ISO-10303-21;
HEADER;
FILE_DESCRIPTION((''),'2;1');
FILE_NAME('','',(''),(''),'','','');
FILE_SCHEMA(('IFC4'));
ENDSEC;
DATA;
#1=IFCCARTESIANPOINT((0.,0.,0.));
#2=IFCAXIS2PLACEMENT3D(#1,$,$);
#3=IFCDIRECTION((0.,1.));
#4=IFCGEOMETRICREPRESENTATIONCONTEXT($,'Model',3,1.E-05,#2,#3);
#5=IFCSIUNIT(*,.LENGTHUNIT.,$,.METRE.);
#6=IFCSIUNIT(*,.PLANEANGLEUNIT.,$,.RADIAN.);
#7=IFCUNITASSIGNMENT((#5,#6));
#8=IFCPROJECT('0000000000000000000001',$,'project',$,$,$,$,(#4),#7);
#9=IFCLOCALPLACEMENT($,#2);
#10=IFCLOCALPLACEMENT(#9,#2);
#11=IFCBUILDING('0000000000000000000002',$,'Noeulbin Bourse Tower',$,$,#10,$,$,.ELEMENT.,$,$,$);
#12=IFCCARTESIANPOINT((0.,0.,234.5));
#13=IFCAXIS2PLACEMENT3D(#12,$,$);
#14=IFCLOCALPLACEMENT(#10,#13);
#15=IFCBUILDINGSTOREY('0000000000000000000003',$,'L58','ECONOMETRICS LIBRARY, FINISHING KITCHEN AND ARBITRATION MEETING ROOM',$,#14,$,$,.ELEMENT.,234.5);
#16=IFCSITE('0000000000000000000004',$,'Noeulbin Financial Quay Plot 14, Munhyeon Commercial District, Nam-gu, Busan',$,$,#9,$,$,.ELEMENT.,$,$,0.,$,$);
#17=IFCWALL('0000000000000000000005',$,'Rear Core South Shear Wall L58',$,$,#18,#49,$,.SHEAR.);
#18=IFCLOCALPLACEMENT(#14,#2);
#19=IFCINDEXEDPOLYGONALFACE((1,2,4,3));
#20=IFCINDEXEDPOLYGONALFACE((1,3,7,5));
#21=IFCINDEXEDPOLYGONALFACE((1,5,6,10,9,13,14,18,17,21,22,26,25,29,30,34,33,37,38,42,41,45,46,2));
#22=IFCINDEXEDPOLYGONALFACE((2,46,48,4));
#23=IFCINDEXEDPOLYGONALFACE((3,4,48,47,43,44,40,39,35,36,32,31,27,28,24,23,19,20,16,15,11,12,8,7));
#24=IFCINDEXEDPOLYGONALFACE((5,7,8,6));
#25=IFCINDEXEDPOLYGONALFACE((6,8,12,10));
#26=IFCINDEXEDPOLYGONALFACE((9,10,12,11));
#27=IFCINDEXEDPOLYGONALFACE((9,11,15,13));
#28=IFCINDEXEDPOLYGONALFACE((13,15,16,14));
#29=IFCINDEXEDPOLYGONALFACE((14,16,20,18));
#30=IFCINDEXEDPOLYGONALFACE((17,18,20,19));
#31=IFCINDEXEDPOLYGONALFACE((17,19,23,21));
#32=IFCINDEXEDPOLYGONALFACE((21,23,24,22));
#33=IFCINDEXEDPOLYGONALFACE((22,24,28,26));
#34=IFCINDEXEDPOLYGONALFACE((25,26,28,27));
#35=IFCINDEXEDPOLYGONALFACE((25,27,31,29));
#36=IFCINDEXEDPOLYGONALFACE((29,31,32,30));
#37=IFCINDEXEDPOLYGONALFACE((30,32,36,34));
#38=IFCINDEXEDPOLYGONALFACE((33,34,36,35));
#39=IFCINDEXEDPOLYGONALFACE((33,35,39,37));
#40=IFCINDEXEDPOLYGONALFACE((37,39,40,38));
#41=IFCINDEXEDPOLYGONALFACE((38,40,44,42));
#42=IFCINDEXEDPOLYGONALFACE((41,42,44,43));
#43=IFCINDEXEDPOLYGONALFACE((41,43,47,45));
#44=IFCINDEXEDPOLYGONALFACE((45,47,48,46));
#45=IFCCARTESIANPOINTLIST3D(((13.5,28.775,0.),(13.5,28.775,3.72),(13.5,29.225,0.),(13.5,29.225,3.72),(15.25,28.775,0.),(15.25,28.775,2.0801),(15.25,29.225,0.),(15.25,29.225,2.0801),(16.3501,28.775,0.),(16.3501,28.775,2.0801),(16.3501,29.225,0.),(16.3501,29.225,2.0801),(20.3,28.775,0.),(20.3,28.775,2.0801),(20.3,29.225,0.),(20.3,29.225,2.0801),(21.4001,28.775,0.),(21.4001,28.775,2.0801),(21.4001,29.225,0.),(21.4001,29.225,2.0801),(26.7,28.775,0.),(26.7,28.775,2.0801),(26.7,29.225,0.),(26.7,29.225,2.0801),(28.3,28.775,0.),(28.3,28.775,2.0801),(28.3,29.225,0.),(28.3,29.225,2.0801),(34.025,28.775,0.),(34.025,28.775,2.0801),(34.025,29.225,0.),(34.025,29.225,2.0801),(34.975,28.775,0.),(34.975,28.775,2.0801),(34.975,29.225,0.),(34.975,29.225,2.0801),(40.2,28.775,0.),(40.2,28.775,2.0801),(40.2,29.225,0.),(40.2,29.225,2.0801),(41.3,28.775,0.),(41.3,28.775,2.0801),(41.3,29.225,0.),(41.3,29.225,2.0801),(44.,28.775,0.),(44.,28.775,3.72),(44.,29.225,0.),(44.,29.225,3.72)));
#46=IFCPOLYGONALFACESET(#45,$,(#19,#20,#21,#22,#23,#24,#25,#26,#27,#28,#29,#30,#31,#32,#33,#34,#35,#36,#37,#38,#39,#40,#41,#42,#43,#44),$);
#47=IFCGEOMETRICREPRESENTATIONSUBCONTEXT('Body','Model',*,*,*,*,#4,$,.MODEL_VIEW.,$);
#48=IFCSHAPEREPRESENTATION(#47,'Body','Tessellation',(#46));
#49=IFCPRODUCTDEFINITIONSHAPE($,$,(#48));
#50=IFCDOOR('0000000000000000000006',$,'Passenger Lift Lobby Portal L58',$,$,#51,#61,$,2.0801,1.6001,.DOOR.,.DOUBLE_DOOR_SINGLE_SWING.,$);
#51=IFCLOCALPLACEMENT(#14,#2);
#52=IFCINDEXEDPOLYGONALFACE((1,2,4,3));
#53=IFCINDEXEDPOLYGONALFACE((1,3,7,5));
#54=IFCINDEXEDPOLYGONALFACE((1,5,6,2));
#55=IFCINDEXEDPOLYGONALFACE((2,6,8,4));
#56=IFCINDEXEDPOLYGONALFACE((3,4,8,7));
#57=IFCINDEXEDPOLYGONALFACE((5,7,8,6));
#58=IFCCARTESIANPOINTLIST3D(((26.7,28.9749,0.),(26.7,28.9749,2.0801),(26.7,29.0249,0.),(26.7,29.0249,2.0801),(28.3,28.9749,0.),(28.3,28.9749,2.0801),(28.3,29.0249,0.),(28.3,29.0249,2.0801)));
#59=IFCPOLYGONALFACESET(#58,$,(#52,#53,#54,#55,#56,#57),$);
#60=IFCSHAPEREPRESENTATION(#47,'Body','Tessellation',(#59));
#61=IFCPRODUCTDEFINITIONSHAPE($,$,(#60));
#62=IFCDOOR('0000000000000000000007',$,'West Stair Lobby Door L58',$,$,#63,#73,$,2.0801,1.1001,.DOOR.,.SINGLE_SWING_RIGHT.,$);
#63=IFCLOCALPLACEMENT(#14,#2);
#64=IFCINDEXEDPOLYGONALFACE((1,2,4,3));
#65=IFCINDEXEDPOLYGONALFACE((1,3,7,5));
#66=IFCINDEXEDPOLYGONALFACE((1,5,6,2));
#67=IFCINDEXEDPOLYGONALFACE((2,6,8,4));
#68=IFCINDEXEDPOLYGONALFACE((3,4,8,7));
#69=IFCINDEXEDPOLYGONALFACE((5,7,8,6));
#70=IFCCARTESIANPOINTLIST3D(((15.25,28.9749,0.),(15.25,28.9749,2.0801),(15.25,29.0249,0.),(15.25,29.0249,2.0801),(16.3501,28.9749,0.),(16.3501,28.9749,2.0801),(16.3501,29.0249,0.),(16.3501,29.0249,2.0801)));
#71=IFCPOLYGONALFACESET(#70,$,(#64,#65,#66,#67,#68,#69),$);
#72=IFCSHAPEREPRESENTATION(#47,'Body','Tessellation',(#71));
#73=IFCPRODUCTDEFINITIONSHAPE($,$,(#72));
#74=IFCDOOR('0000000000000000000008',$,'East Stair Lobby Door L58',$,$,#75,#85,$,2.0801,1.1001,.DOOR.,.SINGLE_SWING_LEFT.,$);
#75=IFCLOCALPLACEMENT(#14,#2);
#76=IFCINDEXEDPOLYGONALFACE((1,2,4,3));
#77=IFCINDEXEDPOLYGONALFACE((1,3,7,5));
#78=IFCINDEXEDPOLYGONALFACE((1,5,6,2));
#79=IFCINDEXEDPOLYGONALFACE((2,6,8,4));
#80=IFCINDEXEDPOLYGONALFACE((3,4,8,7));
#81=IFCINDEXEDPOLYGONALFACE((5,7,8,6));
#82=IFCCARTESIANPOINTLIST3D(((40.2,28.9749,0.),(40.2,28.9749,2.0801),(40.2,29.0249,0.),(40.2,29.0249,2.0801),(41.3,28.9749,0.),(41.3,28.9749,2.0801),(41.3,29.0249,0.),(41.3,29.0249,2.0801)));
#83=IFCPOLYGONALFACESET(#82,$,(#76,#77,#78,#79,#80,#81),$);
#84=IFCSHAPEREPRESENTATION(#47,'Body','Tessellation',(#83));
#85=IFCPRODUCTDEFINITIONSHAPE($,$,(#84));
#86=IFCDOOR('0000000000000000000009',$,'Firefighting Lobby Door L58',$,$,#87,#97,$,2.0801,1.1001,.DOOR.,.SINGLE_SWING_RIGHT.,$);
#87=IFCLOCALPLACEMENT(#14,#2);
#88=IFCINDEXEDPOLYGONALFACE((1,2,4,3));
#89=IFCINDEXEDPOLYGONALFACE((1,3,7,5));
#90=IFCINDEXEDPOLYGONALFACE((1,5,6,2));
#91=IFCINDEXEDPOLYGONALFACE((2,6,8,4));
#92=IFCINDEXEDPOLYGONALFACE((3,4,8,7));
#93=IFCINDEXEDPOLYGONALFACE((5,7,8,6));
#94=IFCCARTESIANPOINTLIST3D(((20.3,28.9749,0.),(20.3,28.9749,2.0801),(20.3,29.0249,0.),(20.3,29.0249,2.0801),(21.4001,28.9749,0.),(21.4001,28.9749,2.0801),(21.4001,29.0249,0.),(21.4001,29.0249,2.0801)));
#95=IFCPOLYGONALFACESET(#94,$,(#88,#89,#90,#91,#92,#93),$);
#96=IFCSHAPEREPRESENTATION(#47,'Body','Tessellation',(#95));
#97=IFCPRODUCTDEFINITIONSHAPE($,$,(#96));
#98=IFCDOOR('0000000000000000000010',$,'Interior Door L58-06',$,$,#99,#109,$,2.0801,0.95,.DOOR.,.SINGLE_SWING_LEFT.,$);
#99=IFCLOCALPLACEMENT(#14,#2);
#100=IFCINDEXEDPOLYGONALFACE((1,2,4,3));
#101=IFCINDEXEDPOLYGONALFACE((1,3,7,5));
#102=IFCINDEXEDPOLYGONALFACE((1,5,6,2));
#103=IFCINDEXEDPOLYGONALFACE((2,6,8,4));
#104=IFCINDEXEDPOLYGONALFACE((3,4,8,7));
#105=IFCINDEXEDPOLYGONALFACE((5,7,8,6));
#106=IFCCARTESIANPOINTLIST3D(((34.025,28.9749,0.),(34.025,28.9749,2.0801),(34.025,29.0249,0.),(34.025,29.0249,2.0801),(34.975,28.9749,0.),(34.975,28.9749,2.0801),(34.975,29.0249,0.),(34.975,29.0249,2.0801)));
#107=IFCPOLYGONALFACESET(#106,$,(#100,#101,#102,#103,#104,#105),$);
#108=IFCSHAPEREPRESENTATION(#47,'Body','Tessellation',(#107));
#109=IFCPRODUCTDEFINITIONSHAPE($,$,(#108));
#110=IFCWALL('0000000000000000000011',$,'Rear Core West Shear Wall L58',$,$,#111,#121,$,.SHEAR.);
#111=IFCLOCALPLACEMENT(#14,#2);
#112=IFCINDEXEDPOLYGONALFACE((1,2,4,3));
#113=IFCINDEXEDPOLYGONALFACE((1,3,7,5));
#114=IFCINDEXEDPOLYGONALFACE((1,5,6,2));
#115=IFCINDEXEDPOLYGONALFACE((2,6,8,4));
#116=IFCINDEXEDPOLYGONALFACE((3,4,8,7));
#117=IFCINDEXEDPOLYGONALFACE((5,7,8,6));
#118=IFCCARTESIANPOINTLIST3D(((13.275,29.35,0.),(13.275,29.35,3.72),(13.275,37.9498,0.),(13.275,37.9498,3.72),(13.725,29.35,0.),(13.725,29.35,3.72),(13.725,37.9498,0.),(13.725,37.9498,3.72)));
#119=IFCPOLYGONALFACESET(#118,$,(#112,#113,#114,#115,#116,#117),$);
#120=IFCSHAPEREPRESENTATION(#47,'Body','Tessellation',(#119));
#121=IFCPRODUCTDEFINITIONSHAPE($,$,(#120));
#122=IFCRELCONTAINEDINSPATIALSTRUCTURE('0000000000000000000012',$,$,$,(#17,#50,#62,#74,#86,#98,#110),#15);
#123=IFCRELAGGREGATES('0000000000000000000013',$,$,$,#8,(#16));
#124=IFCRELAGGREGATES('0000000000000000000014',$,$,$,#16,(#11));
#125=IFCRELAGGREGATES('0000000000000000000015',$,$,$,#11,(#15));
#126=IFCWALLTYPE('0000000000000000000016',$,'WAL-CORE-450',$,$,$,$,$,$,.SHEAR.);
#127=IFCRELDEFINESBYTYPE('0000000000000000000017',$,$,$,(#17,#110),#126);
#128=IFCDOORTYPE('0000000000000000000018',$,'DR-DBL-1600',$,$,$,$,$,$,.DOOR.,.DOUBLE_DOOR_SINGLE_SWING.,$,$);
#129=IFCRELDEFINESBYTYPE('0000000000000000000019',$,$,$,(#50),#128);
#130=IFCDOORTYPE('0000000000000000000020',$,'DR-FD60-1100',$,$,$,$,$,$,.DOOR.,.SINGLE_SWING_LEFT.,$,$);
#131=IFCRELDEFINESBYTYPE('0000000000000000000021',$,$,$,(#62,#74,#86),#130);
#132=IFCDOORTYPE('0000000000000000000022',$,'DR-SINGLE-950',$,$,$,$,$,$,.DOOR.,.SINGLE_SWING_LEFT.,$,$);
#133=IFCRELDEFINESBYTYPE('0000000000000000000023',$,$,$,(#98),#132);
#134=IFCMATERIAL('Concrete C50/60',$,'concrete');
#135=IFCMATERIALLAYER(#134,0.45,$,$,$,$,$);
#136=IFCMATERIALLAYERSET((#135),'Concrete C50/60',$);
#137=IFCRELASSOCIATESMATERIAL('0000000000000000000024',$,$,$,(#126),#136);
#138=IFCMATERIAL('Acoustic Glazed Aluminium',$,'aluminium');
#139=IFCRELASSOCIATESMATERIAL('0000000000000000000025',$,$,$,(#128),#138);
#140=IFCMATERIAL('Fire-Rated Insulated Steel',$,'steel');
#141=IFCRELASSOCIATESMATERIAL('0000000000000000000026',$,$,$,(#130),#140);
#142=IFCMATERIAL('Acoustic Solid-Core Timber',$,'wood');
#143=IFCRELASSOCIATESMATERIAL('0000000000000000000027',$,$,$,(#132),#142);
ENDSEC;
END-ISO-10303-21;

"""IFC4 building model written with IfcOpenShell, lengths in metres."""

from ifc_helpers import new_model, si_unit, direction, frame, frame_2d, origin, place, context, subcontext, project, spatial, rectangle, extrude, material, layer, layer_set, type_object, element, fill, save


model = new_model("IFC4")

# Units and contexts
model_context = context("Model", 3, precision=1e-05, world=origin(), true_north=direction((0.0, 1.0)))
body_context = subcontext(model_context, "Body", "Model", "MODEL_VIEW")
ifc_project = project(units=[si_unit("LENGTHUNIT", "METRE"), si_unit("PLANEANGLEUNIT", "RADIAN")], contexts=[model_context])

# Site, building, storey
site_placement = place(None, origin())
site = spatial("IfcSite", under=ifc_project, at=site_placement, Name="Noeulbin Financial Quay Plot 14, Munhyeon Commercial District, Nam-gu, Busan", CompositionType="ELEMENT", RefElevation=0.0)
building_placement = place(site_placement, origin())
building = spatial("IfcBuilding", under=site, at=building_placement, Name="Noeulbin Bourse Tower", CompositionType="ELEMENT")
storey_placement = place(building_placement, frame((0.0, 0.0, 234.5)))
storey = spatial("IfcBuildingStorey", under=building, at=storey_placement, Name="L58", Description="ECONOMETRICS LIBRARY, FINISHING KITCHEN AND ARBITRATION MEETING ROOM", CompositionType="ELEMENT", Elevation=234.5)

# Wall, openings, doors
ifc_material_1 = material(Name="Concrete C50/60", Category="concrete")
ifc_layer_1 = layer(ifc_material_1, 0.45)
ifc_layer_set_1 = layer_set([ifc_layer_1], Name="Concrete C50/60")
wall_type_1 = type_object("IfcWallType", Name="WAL-CORE-450", PredefinedType="SHEAR", material=ifc_layer_set_1)
wall_1_placement = place(storey_placement, frame((13.5, 29.0, 0.0), z_axis=(0.0, 0.0, 1.0), x_axis=(1.0, 0.0, 0.0)))
wall_1 = element("IfcWall", 1, at=wall_1_placement, inside=storey, type_object=wall_type_1, Name="Rear Core South Shear Wall L58", PredefinedType="SHEAR", context=body_context, shape_type="SweptSolid", body=[
    extrude(rectangle(XDim=30.5, YDim=0.45, at=frame_2d((15.25, 0.0))), origin(), (0.0, 0.0, 1.0), 3.72),
])
opening_1_placement = place(wall_1_placement, frame((1.75, 0.0, 0.0)))
opening_1 = element("IfcOpeningElement", 2, at=opening_1_placement, cuts=wall_1, PredefinedType="OPENING", context=body_context, shape_type="SweptSolid", body=[
    extrude(rectangle(XDim=1.1001, YDim=2.0801, at=frame_2d((0.55, 1.04))), frame((0.0, 0.2349, 0.0), z_axis=(0.0, -1.0, 0.0), x_axis=(1.0, 0.0, 0.0)), (0.0, 0.0, 1.0), 0.47),
])
opening_2_placement = place(wall_1_placement, frame((26.7, 0.0, 0.0)))
opening_2 = element("IfcOpeningElement", 3, at=opening_2_placement, cuts=wall_1, PredefinedType="OPENING", context=body_context, shape_type="SweptSolid", body=[
    extrude(rectangle(XDim=1.1001, YDim=2.0801, at=frame_2d((0.55, 1.04))), frame((0.0, 0.2349, 0.0), z_axis=(0.0, -1.0, 0.0), x_axis=(1.0, 0.0, 0.0)), (0.0, 0.0, 1.0), 0.47),
])
opening_3_placement = place(wall_1_placement, frame((6.8, 0.0, 0.0)))
opening_3 = element("IfcOpeningElement", 4, at=opening_3_placement, cuts=wall_1, PredefinedType="OPENING", context=body_context, shape_type="SweptSolid", body=[
    extrude(rectangle(XDim=1.1001, YDim=2.0801, at=frame_2d((0.55, 1.04))), frame((0.0, 0.2349, 0.0), z_axis=(0.0, -1.0, 0.0), x_axis=(1.0, 0.0, 0.0)), (0.0, 0.0, 1.0), 0.47),
])
opening_4_placement = place(wall_1_placement, frame((13.2, 0.0, 0.0)))
opening_4 = element("IfcOpeningElement", 5, at=opening_4_placement, cuts=wall_1, PredefinedType="OPENING", context=body_context, shape_type="SweptSolid", body=[
    extrude(rectangle(XDim=1.6001, YDim=2.0801, at=frame_2d((0.8, 1.04))), frame((0.0, 0.2349, 0.0), z_axis=(0.0, -1.0, 0.0), x_axis=(1.0, 0.0, 0.0)), (0.0, 0.0, 1.0), 0.47),
])
opening_5_placement = place(wall_1_placement, frame((20.5249, 0.0, 0.0)))
opening_5 = element("IfcOpeningElement", 6, at=opening_5_placement, cuts=wall_1, PredefinedType="OPENING", context=body_context, shape_type="SweptSolid", body=[
    extrude(rectangle(XDim=0.95, YDim=2.0801, at=frame_2d((0.4751, 1.04))), frame((0.0, 0.2349, 0.0), z_axis=(0.0, -1.0, 0.0), x_axis=(1.0, 0.0, 0.0)), (0.0, 0.0, 1.0), 0.47),
])
ifc_material_2 = material(Name="Acoustic Glazed Aluminium", Category="aluminium")
door_type_1 = type_object("IfcDoorType", Name="DR-DBL-1600", OperationType="DOUBLE_DOOR_SINGLE_SWING", PredefinedType="DOOR", material=ifc_material_2)
door_1_placement = place(opening_4_placement, origin())
door_1 = element("IfcDoor", 7, at=door_1_placement, inside=storey, type_object=door_type_1, Name="Passenger Lift Lobby Portal L58", OperationType="DOUBLE_DOOR_SINGLE_SWING", OverallHeight=2.0801, OverallWidth=1.6001, PredefinedType="DOOR", context=body_context, shape_type="SweptSolid", body=[
    extrude(rectangle(XDim=1.6001, YDim=2.0801, at=frame_2d((0.8, 1.04))), frame((0.0, 0.0249, 0.0), z_axis=(0.0, -1.0, 0.0), x_axis=(1.0, 0.0, 0.0)), (0.0, 0.0, 1.0), 0.05),
])
fill(opening_4, door_1)
ifc_material_3 = material(Name="Fire-Rated Insulated Steel", Category="steel")
door_type_2 = type_object("IfcDoorType", Name="DR-FD60-1100", OperationType="SINGLE_SWING_LEFT", PredefinedType="DOOR", material=ifc_material_3)
door_2_placement = place(opening_1_placement, origin())
door_2 = element("IfcDoor", 8, at=door_2_placement, inside=storey, type_object=door_type_2, Name="West Stair Lobby Door L58", OperationType="SINGLE_SWING_RIGHT", OverallHeight=2.0801, OverallWidth=1.1001, PredefinedType="DOOR", context=body_context, shape_type="SweptSolid", body=[
    extrude(rectangle(XDim=1.1001, YDim=2.0801, at=frame_2d((0.55, 1.04))), frame((0.0, 0.0249, 0.0), z_axis=(0.0, -1.0, 0.0), x_axis=(1.0, 0.0, 0.0)), (0.0, 0.0, 1.0), 0.05),
])
fill(opening_1, door_2)
door_3_placement = place(opening_2_placement, origin())
door_3 = element("IfcDoor", 9, at=door_3_placement, inside=storey, type_object=door_type_2, Name="East Stair Lobby Door L58", OperationType="SINGLE_SWING_LEFT", OverallHeight=2.0801, OverallWidth=1.1001, PredefinedType="DOOR", context=body_context, shape_type="SweptSolid", body=[
    extrude(rectangle(XDim=1.1001, YDim=2.0801, at=frame_2d((0.55, 1.04))), frame((0.0, 0.0249, 0.0), z_axis=(0.0, -1.0, 0.0), x_axis=(1.0, 0.0, 0.0)), (0.0, 0.0, 1.0), 0.05),
])
fill(opening_2, door_3)
door_4_placement = place(opening_3_placement, origin())
door_4 = element("IfcDoor", 10, at=door_4_placement, inside=storey, type_object=door_type_2, Name="Firefighting Lobby Door L58", OperationType="SINGLE_SWING_RIGHT", OverallHeight=2.0801, OverallWidth=1.1001, PredefinedType="DOOR", context=body_context, shape_type="SweptSolid", body=[
    extrude(rectangle(XDim=1.1001, YDim=2.0801, at=frame_2d((0.55, 1.04))), frame((0.0, 0.0249, 0.0), z_axis=(0.0, -1.0, 0.0), x_axis=(1.0, 0.0, 0.0)), (0.0, 0.0, 1.0), 0.05),
])
fill(opening_3, door_4)
ifc_material_4 = material(Name="Acoustic Solid-Core Timber", Category="wood")
door_type_3 = type_object("IfcDoorType", Name="DR-SINGLE-950", OperationType="SINGLE_SWING_LEFT", PredefinedType="DOOR", material=ifc_material_4)
door_5_placement = place(opening_5_placement, origin())
door_5 = element("IfcDoor", 11, at=door_5_placement, inside=storey, type_object=door_type_3, Name="Interior Door L58-06", OperationType="SINGLE_SWING_LEFT", OverallHeight=2.0801, OverallWidth=0.95, PredefinedType="DOOR", context=body_context, shape_type="SweptSolid", body=[
    extrude(rectangle(XDim=0.95, YDim=2.0801, at=frame_2d((0.4751, 1.04))), frame((0.0, 0.0249, 0.0), z_axis=(0.0, -1.0, 0.0), x_axis=(1.0, 0.0, 0.0)), (0.0, 0.0, 1.0), 0.05),
])
fill(opening_5, door_5)

# Wall
wall_2_placement = place(storey_placement, frame((13.5, 29.3501, 0.0), z_axis=(0.0, 0.0, 1.0), x_axis=(0.0, 1.0, 0.0)))
element("IfcWall", 12, at=wall_2_placement, inside=storey, type_object=wall_type_1, Name="Rear Core West Shear Wall L58", PredefinedType="SHEAR", context=body_context, shape_type="SweptSolid", body=[
    extrude(rectangle(XDim=8.5999, YDim=0.45, at=frame_2d((4.2998, 0.0))), origin(), (0.0, 0.0, 1.0), 3.72),
])

save(model, "model.ifc")
